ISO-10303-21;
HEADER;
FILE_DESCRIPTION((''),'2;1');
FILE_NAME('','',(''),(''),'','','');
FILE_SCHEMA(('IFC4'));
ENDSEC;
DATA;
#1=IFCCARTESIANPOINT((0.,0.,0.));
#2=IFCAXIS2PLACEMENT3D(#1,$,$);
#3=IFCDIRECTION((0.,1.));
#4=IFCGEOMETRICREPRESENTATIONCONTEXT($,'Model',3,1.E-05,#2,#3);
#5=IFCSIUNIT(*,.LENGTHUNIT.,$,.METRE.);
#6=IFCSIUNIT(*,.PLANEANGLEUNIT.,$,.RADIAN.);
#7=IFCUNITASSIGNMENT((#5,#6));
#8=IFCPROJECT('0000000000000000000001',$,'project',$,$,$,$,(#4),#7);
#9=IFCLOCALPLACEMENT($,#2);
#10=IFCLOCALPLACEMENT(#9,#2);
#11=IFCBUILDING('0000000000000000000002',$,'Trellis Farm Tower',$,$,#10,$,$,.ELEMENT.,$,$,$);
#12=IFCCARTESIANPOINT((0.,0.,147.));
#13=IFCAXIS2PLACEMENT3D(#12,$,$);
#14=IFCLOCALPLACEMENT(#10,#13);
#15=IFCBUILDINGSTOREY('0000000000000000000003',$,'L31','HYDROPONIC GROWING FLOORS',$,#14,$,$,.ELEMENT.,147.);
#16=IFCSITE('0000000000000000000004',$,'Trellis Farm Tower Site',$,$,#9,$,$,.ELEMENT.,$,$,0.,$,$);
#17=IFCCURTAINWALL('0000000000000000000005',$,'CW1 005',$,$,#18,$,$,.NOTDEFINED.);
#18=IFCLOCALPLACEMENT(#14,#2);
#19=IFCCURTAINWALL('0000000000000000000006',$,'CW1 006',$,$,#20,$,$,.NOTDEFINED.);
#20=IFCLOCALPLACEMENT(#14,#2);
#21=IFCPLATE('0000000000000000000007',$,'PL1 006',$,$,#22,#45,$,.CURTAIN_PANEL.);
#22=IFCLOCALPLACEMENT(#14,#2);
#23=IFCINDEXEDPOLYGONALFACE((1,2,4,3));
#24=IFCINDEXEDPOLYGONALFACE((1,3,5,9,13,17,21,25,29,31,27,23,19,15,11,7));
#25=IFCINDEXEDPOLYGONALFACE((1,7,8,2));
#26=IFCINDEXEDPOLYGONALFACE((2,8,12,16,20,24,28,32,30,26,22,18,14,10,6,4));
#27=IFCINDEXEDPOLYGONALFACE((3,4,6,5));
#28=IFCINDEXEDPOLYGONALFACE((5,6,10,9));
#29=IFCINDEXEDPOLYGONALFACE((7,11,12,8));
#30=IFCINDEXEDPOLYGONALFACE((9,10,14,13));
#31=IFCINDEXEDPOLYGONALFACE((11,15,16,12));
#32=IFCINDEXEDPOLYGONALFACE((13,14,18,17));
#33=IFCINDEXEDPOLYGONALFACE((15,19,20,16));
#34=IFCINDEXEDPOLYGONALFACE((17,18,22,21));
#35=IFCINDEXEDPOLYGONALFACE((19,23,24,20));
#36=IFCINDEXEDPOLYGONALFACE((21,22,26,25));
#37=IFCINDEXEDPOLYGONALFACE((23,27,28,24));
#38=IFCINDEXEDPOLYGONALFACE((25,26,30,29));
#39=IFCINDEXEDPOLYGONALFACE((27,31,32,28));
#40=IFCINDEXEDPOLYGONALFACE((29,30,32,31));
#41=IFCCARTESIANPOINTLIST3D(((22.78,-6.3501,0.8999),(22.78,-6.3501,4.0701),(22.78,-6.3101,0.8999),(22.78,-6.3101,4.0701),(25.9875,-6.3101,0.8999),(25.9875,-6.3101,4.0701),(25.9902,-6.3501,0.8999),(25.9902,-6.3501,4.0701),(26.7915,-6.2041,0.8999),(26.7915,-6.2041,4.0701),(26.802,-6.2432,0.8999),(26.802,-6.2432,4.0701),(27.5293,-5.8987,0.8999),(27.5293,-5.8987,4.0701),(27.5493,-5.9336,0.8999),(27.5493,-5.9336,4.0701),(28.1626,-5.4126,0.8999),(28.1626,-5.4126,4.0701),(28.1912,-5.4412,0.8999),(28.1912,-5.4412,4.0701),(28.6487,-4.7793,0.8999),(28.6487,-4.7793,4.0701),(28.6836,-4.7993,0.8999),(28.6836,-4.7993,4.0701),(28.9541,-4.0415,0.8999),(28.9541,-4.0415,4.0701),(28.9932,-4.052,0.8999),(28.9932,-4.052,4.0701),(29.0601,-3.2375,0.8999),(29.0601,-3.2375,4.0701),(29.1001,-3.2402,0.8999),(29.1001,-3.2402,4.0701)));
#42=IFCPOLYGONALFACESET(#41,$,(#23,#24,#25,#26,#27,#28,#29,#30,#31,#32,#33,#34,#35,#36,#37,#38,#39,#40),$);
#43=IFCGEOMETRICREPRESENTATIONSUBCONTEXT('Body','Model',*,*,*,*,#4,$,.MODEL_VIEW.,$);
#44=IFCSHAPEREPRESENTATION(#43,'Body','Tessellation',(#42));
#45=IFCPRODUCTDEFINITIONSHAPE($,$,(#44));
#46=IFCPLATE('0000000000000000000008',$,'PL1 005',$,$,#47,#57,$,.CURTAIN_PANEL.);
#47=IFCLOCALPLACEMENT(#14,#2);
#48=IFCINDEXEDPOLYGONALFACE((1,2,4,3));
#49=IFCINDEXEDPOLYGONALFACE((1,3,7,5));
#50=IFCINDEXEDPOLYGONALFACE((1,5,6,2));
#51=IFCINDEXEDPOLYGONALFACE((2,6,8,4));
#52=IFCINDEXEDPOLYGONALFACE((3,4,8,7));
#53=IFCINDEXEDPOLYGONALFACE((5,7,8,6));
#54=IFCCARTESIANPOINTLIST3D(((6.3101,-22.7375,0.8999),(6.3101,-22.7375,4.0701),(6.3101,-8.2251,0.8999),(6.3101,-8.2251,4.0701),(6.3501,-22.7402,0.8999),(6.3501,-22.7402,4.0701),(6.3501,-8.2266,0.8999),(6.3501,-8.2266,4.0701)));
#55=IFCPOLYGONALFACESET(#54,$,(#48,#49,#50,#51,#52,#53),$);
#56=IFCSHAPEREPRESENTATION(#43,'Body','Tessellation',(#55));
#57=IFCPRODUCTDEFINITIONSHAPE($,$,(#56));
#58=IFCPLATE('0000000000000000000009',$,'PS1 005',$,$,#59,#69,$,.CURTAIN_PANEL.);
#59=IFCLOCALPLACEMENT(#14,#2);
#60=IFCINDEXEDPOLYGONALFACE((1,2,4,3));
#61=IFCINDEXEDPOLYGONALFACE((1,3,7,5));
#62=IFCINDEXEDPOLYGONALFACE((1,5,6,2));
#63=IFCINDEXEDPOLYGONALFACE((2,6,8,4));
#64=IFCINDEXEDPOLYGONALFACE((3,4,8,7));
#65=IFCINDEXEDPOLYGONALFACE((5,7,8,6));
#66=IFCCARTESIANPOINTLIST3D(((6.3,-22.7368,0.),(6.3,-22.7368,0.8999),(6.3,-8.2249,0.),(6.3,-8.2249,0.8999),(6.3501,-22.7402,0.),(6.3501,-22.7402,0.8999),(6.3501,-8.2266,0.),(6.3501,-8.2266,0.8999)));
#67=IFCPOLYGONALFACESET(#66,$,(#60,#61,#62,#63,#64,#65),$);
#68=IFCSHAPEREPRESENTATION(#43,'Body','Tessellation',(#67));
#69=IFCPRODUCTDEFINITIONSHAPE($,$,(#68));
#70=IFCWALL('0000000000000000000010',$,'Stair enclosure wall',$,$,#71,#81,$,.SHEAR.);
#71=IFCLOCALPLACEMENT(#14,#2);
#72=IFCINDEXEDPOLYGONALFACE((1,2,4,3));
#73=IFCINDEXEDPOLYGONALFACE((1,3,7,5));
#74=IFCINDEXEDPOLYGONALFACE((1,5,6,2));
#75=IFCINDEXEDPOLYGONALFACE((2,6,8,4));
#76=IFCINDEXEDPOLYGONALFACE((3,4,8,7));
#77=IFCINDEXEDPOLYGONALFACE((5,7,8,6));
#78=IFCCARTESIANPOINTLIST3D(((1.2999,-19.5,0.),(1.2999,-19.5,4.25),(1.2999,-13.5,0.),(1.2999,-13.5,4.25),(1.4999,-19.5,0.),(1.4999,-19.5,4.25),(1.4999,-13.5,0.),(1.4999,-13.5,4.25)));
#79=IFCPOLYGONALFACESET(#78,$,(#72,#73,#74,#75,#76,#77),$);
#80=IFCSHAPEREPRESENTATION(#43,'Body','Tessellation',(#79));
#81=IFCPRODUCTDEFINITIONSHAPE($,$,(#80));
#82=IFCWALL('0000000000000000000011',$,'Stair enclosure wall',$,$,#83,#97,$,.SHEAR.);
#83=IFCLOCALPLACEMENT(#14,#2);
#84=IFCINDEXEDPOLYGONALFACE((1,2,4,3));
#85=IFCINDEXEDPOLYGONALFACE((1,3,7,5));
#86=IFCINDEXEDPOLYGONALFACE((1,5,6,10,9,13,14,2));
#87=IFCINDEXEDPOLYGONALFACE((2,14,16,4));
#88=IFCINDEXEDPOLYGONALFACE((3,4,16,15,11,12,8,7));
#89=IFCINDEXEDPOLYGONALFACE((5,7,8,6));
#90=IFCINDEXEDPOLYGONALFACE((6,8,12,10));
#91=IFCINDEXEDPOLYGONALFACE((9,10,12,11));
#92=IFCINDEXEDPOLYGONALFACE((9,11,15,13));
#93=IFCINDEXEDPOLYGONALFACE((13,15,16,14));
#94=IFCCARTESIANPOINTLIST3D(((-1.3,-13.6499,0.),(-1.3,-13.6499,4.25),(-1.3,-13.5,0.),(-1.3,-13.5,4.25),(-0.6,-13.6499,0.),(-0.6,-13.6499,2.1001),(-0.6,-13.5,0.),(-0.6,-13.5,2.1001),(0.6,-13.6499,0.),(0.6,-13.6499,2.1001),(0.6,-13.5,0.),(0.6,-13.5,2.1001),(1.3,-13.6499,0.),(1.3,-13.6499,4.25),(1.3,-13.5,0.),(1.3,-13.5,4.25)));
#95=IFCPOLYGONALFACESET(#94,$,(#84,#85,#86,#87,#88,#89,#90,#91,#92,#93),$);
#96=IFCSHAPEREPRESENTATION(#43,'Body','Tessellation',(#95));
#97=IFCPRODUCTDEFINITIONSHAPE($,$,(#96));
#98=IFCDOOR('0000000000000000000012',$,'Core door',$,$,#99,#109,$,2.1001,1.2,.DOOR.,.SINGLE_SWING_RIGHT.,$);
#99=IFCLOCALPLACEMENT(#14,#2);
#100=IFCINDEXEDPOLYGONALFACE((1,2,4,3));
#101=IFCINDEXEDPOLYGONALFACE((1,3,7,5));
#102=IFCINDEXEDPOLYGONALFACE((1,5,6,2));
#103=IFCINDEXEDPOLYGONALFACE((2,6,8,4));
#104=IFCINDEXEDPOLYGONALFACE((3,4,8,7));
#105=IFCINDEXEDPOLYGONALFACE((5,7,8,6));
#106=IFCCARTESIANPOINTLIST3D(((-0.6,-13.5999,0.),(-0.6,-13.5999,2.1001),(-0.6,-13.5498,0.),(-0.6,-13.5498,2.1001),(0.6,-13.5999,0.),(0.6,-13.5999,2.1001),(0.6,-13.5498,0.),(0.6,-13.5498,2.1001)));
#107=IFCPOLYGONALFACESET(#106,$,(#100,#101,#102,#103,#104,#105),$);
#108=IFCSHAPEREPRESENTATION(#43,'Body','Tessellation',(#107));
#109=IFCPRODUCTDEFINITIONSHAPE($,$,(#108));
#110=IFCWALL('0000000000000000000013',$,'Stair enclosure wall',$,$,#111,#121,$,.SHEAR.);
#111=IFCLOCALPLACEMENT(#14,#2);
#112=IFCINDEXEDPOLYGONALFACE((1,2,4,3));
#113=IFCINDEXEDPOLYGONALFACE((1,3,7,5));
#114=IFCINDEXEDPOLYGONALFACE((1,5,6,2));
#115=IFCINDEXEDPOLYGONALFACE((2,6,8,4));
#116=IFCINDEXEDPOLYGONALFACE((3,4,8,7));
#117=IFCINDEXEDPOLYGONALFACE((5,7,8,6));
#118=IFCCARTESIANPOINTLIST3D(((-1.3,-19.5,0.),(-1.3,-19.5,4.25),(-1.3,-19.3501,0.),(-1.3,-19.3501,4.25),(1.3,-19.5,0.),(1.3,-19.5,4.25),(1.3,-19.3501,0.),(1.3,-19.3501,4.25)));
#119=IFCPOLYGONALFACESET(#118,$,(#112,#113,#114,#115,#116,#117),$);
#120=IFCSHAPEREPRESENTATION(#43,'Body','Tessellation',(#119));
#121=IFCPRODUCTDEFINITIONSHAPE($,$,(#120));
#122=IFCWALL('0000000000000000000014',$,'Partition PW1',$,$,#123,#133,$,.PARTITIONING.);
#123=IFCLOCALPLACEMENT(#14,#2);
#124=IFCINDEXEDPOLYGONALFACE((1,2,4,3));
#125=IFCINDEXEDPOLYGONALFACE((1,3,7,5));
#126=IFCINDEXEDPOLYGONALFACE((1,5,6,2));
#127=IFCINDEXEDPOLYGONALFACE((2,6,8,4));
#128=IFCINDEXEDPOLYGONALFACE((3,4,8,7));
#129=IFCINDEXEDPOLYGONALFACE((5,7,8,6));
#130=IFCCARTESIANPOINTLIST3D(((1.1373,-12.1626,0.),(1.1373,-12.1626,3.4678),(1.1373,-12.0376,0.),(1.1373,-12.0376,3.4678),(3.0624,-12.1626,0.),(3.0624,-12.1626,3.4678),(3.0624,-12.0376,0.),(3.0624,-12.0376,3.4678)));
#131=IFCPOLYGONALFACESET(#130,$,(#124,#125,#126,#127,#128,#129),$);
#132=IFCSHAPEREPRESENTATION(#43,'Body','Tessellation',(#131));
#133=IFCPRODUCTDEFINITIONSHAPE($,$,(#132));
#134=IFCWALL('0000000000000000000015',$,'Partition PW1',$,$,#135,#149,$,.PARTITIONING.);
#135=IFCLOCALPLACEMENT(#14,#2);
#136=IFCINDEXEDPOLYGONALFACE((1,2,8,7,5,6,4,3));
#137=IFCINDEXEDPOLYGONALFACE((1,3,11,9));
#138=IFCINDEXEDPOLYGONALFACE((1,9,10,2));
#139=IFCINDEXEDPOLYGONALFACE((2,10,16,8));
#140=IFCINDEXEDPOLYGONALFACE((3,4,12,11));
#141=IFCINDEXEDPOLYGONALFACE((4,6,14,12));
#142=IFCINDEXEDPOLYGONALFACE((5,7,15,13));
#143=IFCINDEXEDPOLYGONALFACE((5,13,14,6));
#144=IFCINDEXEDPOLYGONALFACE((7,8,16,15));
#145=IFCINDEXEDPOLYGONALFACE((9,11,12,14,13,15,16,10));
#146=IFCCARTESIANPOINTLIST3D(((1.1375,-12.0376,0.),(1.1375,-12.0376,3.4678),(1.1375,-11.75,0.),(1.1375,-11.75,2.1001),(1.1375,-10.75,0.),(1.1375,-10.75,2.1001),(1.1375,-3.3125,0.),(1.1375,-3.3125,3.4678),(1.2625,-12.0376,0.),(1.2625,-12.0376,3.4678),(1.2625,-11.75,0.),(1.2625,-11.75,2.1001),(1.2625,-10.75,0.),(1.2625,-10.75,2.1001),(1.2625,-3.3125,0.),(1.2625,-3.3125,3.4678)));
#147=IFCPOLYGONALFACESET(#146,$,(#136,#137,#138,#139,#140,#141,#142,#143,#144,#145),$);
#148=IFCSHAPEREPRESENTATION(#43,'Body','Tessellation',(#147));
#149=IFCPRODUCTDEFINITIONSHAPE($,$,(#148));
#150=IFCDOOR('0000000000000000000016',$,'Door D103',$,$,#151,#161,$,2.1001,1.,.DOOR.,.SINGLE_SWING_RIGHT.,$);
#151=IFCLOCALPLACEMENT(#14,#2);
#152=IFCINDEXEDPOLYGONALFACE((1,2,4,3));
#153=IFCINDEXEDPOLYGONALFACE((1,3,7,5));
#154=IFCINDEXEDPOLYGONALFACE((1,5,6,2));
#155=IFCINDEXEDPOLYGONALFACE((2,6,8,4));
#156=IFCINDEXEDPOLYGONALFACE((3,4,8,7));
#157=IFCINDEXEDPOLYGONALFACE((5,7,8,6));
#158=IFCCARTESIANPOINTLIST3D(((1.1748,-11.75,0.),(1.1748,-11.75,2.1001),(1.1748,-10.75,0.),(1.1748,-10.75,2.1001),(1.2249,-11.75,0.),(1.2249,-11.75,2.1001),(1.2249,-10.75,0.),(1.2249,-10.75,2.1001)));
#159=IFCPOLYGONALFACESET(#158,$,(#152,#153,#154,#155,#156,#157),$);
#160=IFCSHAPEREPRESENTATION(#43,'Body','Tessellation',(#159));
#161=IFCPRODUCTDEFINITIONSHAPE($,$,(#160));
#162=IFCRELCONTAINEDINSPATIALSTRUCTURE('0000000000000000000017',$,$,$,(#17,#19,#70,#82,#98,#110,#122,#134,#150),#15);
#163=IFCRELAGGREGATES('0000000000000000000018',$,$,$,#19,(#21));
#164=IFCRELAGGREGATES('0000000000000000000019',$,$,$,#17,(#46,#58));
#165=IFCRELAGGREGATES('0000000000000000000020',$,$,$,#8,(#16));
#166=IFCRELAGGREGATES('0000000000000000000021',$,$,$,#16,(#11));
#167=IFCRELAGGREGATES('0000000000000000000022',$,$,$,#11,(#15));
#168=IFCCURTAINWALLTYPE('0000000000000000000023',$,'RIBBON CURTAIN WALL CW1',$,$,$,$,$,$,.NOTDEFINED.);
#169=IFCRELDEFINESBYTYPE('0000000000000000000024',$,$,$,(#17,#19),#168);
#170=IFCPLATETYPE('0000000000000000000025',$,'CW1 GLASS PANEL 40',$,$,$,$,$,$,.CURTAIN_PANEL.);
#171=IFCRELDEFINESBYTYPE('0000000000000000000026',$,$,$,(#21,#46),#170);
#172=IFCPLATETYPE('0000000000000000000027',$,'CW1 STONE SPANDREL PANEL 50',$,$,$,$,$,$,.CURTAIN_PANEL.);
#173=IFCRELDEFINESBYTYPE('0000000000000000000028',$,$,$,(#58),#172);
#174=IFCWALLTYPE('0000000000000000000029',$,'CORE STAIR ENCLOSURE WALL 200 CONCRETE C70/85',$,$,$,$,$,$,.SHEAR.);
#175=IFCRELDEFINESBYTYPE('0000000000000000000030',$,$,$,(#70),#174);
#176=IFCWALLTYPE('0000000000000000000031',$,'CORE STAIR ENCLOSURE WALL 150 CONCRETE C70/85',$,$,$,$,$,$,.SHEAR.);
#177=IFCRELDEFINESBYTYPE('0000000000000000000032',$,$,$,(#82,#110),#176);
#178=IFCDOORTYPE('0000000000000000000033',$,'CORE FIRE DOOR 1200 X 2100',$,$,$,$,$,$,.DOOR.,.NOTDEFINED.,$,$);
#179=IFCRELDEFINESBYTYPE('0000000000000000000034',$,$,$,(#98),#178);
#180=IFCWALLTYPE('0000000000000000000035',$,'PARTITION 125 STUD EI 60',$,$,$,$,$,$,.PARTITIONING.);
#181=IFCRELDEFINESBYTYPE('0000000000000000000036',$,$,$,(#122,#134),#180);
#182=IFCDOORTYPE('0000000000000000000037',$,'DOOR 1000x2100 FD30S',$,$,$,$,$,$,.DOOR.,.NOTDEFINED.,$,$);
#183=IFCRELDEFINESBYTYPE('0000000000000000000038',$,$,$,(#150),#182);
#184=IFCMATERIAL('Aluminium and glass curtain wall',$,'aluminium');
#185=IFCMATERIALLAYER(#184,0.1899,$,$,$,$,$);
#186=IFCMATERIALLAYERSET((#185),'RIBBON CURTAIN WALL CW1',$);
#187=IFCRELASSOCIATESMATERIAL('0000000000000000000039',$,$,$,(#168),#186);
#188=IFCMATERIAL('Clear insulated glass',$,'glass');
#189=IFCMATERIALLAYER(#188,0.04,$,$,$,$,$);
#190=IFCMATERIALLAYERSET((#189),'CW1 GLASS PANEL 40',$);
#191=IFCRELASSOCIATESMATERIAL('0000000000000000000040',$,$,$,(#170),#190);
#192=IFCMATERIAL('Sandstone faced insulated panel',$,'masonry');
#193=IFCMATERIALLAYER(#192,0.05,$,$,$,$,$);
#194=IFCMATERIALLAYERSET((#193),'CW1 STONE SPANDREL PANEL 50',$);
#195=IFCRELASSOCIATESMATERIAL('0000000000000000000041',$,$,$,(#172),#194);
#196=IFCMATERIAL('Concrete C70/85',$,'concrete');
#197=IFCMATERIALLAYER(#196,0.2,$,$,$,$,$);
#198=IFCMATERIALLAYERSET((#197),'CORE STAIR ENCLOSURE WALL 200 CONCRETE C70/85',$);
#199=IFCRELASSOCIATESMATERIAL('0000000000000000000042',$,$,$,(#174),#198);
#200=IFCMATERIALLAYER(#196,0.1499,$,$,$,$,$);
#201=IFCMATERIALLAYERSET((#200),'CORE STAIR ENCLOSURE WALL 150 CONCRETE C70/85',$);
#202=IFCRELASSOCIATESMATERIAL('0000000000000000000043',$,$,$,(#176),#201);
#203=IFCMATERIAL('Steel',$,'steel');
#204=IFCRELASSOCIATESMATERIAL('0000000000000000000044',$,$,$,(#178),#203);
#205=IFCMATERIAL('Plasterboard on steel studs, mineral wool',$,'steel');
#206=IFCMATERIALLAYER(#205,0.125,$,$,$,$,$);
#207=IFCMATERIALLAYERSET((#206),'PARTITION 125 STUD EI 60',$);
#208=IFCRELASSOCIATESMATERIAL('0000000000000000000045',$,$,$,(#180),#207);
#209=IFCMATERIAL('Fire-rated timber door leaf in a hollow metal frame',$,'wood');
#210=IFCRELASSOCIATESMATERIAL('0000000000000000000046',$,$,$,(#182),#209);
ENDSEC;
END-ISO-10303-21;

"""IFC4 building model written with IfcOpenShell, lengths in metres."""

from ifc_helpers import new_model, si_unit, direction, frame, frame_2d, origin, place, context, subcontext, project, spatial, polyline, rectangle, outline, extrude, source, transform, mapped, material, layer, layer_set, type_object, element, fill, aggregate, save


model = new_model("IFC4")

# Units and contexts
model_context = context("Model", 3, precision=1e-05, world=origin(), true_north=direction((0.0, 1.0)))
body_context = subcontext(model_context, "Body", "Model", "MODEL_VIEW")
ifc_project = project(units=[si_unit("LENGTHUNIT", "METRE"), si_unit("PLANEANGLEUNIT", "RADIAN")], contexts=[model_context])

# Site, building, storey
site_placement = place(None, origin())
site = spatial("IfcSite", under=ifc_project, at=site_placement, Name="Trellis Farm Tower Site", CompositionType="ELEMENT", RefElevation=0.0)
building_placement = place(site_placement, origin())
building = spatial("IfcBuilding", under=site, at=building_placement, Name="Trellis Farm Tower", CompositionType="ELEMENT")
storey_placement = place(building_placement, frame((0.0, 0.0, 147.0)))
storey = spatial("IfcBuildingStorey", under=building, at=storey_placement, Name="L31", Description="HYDROPONIC GROWING FLOORS", CompositionType="ELEMENT", Elevation=147.0)

# Curtain wall
ifc_material_1 = material(Name="Aluminium and glass curtain wall", Category="aluminium")
placement_1 = place(storey_placement, origin())
ifc_layer_1 = layer(ifc_material_1, 0.1899)
ifc_layer_set_1 = layer_set([ifc_layer_1], Name="RIBBON CURTAIN WALL CW1")
curtain_wall_type_1 = type_object("IfcCurtainWallType", Name="RIBBON CURTAIN WALL CW1", PredefinedType="NOTDEFINED", material=ifc_layer_set_1)
curtain_wall_1 = element("IfcCurtainWall", 1, at=placement_1, inside=storey, type_object=curtain_wall_type_1, Name="CW1 005", PredefinedType="NOTDEFINED")

# Shared definitions
ifc_material_2 = material(Name="Clear insulated glass", Category="glass")

# Curtain wall, plate
curtain_wall_2 = element("IfcCurtainWall", 2, at=placement_1, inside=storey, type_object=curtain_wall_type_1, Name="CW1 006", PredefinedType="NOTDEFINED")
ifc_layer_2 = layer(ifc_material_2, 0.04)
ifc_layer_set_2 = layer_set([ifc_layer_2], Name="CW1 GLASS PANEL 40")
plate_type_1 = type_object("IfcPlateType", Name="CW1 GLASS PANEL 40", PredefinedType="CURTAIN_PANEL", material=ifc_layer_set_2)
shared_shape_1 = source(origin(), body_context, "Body", "SweptSolid", [
    extrude(outline(polyline([(22.78, -6.3501), (25.9902, -6.3501), (26.802, -6.2432), (27.5493, -5.9336), (28.1912, -5.4412), (28.6836, -4.7993), (28.9932, -4.052), (29.1001, -3.2402), (29.0601, -3.2375), (28.9541, -4.0415), (28.6487, -4.7793), (28.1626, -5.4126), (27.5293, -5.8987), (26.7915, -6.2041), (25.9875, -6.3101), (22.78, -6.3101), (22.78, -6.3501)])), origin(), (0.0, 0.0, 1.0), 3.1702),
])
placement_2 = place(storey_placement, frame((0.0, 0.0, 0.8999)))
plate_1 = element("IfcPlate", 3, at=placement_2, type_object=plate_type_1, Name="PL1 006", PredefinedType="CURTAIN_PANEL", context=body_context, shape_type="MappedRepresentation", body=[
    mapped(shared_shape_1, transform((0.0, 0.0, 0.0))),
])
aggregate(curtain_wall_2, [plate_1])

# Plates
shared_shape_2 = source(origin(), body_context, "Body", "SweptSolid", [
    extrude(outline(polyline([(6.3501, -22.7402), (6.3501, -8.2266), (6.3101, -8.2251), (6.3101, -22.7375), (6.3501, -22.7402)])), origin(), (0.0, 0.0, 1.0), 3.1702),
])
plate_2 = element("IfcPlate", 4, at=placement_2, type_object=plate_type_1, Name="PL1 005", PredefinedType="CURTAIN_PANEL", context=body_context, shape_type="MappedRepresentation", body=[
    mapped(shared_shape_2, transform((0.0, 0.0, 0.0))),
])
ifc_material_3 = material(Name="Sandstone faced insulated panel", Category="masonry")
ifc_layer_3 = layer(ifc_material_3, 0.05)
ifc_layer_set_3 = layer_set([ifc_layer_3], Name="CW1 STONE SPANDREL PANEL 50")
plate_type_2 = type_object("IfcPlateType", Name="CW1 STONE SPANDREL PANEL 50", PredefinedType="CURTAIN_PANEL", material=ifc_layer_set_3)
shared_shape_3 = source(origin(), body_context, "Body", "SweptSolid", [
    extrude(outline(polyline([(6.3501, -22.7402), (6.3501, -8.2266), (6.3, -8.2249), (6.3, -22.7368), (6.3501, -22.7402)])), origin(), (0.0, 0.0, 1.0), 0.8999),
])
plate_3 = element("IfcPlate", 5, at=placement_1, type_object=plate_type_2, Name="PS1 005", PredefinedType="CURTAIN_PANEL", context=body_context, shape_type="MappedRepresentation", body=[
    mapped(shared_shape_3, transform((0.0, 0.0, 0.0))),
])
aggregate(curtain_wall_1, [plate_2, plate_3])

# Wall
ifc_material_4 = material(Name="Concrete C70/85", Category="concrete")
ifc_layer_4 = layer(ifc_material_4, 0.2)
ifc_layer_set_4 = layer_set([ifc_layer_4], Name="CORE STAIR ENCLOSURE WALL 200 CONCRETE C70/85")
wall_type_1 = type_object("IfcWallType", Name="CORE STAIR ENCLOSURE WALL 200 CONCRETE C70/85", PredefinedType="SHEAR", material=ifc_layer_set_4)
shared_shape_4 = source(origin(), body_context, "Body", "SweptSolid", [
    extrude(rectangle(XDim=6.0, YDim=0.2, at=frame_2d((3.0, 0.0))), origin(), (0.0, 0.0, 1.0), 4.25),
])
wall_1_placement = place(storey_placement, frame((1.3999, -13.5, 0.0), z_axis=(0.0, 0.0, 1.0), x_axis=(0.0, -1.0, 0.0)))
element("IfcWall", 6, at=wall_1_placement, inside=storey, type_object=wall_type_1, Name="Stair enclosure wall", PredefinedType="SHEAR", context=body_context, shape_type="MappedRepresentation", body=[
    mapped(shared_shape_4, transform((0.0, 0.0, 0.0))),
])

# Wall, opening, door
ifc_layer_5 = layer(ifc_material_4, 0.1499)
ifc_layer_set_5 = layer_set([ifc_layer_5], Name="CORE STAIR ENCLOSURE WALL 150 CONCRETE C70/85")
wall_type_2 = type_object("IfcWallType", Name="CORE STAIR ENCLOSURE WALL 150 CONCRETE C70/85", PredefinedType="SHEAR", material=ifc_layer_set_5)
shared_shape_5 = source(origin(), body_context, "Body", "SweptSolid", [
    extrude(rectangle(XDim=2.6001, YDim=0.1499, at=frame_2d((1.3, 0.0))), origin(), (0.0, 0.0, 1.0), 4.25),
])
wall_2_placement = place(storey_placement, frame((1.3, -13.575, 0.0), z_axis=(0.0, 0.0, 1.0), x_axis=(-1.0, 0.0, 0.0)))
wall_2 = element("IfcWall", 7, at=wall_2_placement, inside=storey, type_object=wall_type_2, Name="Stair enclosure wall", PredefinedType="SHEAR", context=body_context, shape_type="MappedRepresentation", body=[
    mapped(shared_shape_5, transform((0.0, 0.0, 0.0))),
])
shared_shape_6 = source(origin(), body_context, "Body", "SweptSolid", [
    extrude(rectangle(XDim=1.2, YDim=2.1001, at=frame_2d((0.6001, 1.05))), frame((0.0, 0.085, 0.0), z_axis=(0.0, -1.0, 0.0), x_axis=(1.0, 0.0, 0.0)), (0.0, 0.0, 1.0), 0.1699),
])
opening_1_placement = place(wall_2_placement, frame((0.7, 0.0, 0.0)))
opening_1 = element("IfcOpeningElement", 8, at=opening_1_placement, cuts=wall_2, PredefinedType="OPENING", context=body_context, shape_type="MappedRepresentation", body=[
    mapped(shared_shape_6, transform((0.0, 0.0, 0.0))),
])
ifc_material_5 = material(Name="Steel", Category="steel")
door_type_1 = type_object("IfcDoorType", Name="CORE FIRE DOOR 1200 X 2100", OperationType="NOTDEFINED", PredefinedType="DOOR", material=ifc_material_5)
shared_shape_7 = source(origin(), body_context, "Body", "SweptSolid", [
    extrude(rectangle(XDim=1.2, YDim=2.1001, at=frame_2d((0.6001, 1.05))), frame((0.0, 0.0249, 0.0), z_axis=(0.0, -1.0, 0.0), x_axis=(1.0, 0.0, 0.0)), (0.0, 0.0, 1.0), 0.05),
])
door_1_placement = place(opening_1_placement, origin())
door_1 = element("IfcDoor", 9, at=door_1_placement, inside=storey, type_object=door_type_1, Name="Core door", OperationType="SINGLE_SWING_RIGHT", OverallHeight=2.1001, OverallWidth=1.2, PredefinedType="DOOR", context=body_context, shape_type="MappedRepresentation", body=[
    mapped(shared_shape_7, transform((0.0, 0.0, 0.0))),
])
fill(opening_1, door_1)

# Walls
wall_3_placement = place(storey_placement, frame((1.3, -19.425, 0.0), z_axis=(0.0, 0.0, 1.0), x_axis=(-1.0, 0.0, 0.0)))
element("IfcWall", 10, at=wall_3_placement, inside=storey, type_object=wall_type_2, Name="Stair enclosure wall", PredefinedType="SHEAR", context=body_context, shape_type="MappedRepresentation", body=[
    mapped(shared_shape_5, transform((0.0, 0.0, 0.0))),
])
ifc_material_6 = material(Name="Plasterboard on steel studs, mineral wool", Category="steel")
ifc_layer_6 = layer(ifc_material_6, 0.125)
ifc_layer_set_6 = layer_set([ifc_layer_6], Name="PARTITION 125 STUD EI 60")
wall_type_3 = type_object("IfcWallType", Name="PARTITION 125 STUD EI 60", PredefinedType="PARTITIONING", material=ifc_layer_set_6)
shared_shape_8 = source(origin(), body_context, "Body", "SweptSolid", [
    extrude(rectangle(XDim=1.925, YDim=0.125, at=frame_2d((0.9624, 0.0))), origin(), (0.0, 0.0, 1.0), 3.4678),
])
wall_4_placement = place(storey_placement, frame((1.1375, -12.1001, 0.0), z_axis=(0.0, 0.0, 1.0), x_axis=(1.0, 0.0, 0.0)))
element("IfcWall", 11, at=wall_4_placement, inside=storey, type_object=wall_type_3, Name="Partition PW1", PredefinedType="PARTITIONING", context=body_context, shape_type="MappedRepresentation", body=[
    mapped(shared_shape_8, transform((0.0, 0.0, 0.0))),
])

# Wall, opening, door
shared_shape_9 = source(origin(), body_context, "Body", "SweptSolid", [
    extrude(rectangle(XDim=8.7251, YDim=0.125, at=frame_2d((4.3625, 0.0))), origin(), (0.0, 0.0, 1.0), 3.4678),
])
wall_5_placement = place(storey_placement, frame((1.2, -3.3125, 0.0), z_axis=(0.0, 0.0, 1.0), x_axis=(0.0, -1.0, 0.0)))
wall_5 = element("IfcWall", 12, at=wall_5_placement, inside=storey, type_object=wall_type_3, Name="Partition PW1", PredefinedType="PARTITIONING", context=body_context, shape_type="MappedRepresentation", body=[
    mapped(shared_shape_9, transform((0.0, 0.0, 0.0))),
])
shared_shape_10 = source(origin(), body_context, "Body", "SweptSolid", [
    extrude(rectangle(XDim=1.0, YDim=2.1001, at=frame_2d((0.5, 1.05))), frame((0.0, 0.0725, 0.0), z_axis=(0.0, -1.0, 0.0), x_axis=(1.0, 0.0, 0.0)), (0.0, 0.0, 1.0), 0.145),
])
opening_2_placement = place(wall_5_placement, frame((7.4375, 0.0, 0.0)))
opening_2 = element("IfcOpeningElement", 13, at=opening_2_placement, cuts=wall_5, PredefinedType="OPENING", context=body_context, shape_type="MappedRepresentation", body=[
    mapped(shared_shape_10, transform((0.0, 0.0, 0.0))),
])
ifc_material_7 = material(Name="Fire-rated timber door leaf in a hollow metal frame", Category="wood")
door_type_2 = type_object("IfcDoorType", Name="DOOR 1000x2100 FD30S", OperationType="NOTDEFINED", PredefinedType="DOOR", material=ifc_material_7)
shared_shape_11 = source(origin(), body_context, "Body", "SweptSolid", [
    extrude(rectangle(XDim=1.0, YDim=2.1001, at=frame_2d((0.5, 1.05))), frame((0.0, 0.0249, 0.0), z_axis=(0.0, -1.0, 0.0), x_axis=(1.0, 0.0, 0.0)), (0.0, 0.0, 1.0), 0.05),
])
door_2_placement = place(opening_2_placement, origin())
door_2 = element("IfcDoor", 14, at=door_2_placement, inside=storey, type_object=door_type_2, Name="Door D103", OperationType="SINGLE_SWING_RIGHT", OverallHeight=2.1001, OverallWidth=1.0, PredefinedType="DOOR", context=body_context, shape_type="MappedRepresentation", body=[
    mapped(shared_shape_11, transform((0.0, 0.0, 0.0))),
])
fill(opening_2, door_2)

save(model, "model.ifc")
